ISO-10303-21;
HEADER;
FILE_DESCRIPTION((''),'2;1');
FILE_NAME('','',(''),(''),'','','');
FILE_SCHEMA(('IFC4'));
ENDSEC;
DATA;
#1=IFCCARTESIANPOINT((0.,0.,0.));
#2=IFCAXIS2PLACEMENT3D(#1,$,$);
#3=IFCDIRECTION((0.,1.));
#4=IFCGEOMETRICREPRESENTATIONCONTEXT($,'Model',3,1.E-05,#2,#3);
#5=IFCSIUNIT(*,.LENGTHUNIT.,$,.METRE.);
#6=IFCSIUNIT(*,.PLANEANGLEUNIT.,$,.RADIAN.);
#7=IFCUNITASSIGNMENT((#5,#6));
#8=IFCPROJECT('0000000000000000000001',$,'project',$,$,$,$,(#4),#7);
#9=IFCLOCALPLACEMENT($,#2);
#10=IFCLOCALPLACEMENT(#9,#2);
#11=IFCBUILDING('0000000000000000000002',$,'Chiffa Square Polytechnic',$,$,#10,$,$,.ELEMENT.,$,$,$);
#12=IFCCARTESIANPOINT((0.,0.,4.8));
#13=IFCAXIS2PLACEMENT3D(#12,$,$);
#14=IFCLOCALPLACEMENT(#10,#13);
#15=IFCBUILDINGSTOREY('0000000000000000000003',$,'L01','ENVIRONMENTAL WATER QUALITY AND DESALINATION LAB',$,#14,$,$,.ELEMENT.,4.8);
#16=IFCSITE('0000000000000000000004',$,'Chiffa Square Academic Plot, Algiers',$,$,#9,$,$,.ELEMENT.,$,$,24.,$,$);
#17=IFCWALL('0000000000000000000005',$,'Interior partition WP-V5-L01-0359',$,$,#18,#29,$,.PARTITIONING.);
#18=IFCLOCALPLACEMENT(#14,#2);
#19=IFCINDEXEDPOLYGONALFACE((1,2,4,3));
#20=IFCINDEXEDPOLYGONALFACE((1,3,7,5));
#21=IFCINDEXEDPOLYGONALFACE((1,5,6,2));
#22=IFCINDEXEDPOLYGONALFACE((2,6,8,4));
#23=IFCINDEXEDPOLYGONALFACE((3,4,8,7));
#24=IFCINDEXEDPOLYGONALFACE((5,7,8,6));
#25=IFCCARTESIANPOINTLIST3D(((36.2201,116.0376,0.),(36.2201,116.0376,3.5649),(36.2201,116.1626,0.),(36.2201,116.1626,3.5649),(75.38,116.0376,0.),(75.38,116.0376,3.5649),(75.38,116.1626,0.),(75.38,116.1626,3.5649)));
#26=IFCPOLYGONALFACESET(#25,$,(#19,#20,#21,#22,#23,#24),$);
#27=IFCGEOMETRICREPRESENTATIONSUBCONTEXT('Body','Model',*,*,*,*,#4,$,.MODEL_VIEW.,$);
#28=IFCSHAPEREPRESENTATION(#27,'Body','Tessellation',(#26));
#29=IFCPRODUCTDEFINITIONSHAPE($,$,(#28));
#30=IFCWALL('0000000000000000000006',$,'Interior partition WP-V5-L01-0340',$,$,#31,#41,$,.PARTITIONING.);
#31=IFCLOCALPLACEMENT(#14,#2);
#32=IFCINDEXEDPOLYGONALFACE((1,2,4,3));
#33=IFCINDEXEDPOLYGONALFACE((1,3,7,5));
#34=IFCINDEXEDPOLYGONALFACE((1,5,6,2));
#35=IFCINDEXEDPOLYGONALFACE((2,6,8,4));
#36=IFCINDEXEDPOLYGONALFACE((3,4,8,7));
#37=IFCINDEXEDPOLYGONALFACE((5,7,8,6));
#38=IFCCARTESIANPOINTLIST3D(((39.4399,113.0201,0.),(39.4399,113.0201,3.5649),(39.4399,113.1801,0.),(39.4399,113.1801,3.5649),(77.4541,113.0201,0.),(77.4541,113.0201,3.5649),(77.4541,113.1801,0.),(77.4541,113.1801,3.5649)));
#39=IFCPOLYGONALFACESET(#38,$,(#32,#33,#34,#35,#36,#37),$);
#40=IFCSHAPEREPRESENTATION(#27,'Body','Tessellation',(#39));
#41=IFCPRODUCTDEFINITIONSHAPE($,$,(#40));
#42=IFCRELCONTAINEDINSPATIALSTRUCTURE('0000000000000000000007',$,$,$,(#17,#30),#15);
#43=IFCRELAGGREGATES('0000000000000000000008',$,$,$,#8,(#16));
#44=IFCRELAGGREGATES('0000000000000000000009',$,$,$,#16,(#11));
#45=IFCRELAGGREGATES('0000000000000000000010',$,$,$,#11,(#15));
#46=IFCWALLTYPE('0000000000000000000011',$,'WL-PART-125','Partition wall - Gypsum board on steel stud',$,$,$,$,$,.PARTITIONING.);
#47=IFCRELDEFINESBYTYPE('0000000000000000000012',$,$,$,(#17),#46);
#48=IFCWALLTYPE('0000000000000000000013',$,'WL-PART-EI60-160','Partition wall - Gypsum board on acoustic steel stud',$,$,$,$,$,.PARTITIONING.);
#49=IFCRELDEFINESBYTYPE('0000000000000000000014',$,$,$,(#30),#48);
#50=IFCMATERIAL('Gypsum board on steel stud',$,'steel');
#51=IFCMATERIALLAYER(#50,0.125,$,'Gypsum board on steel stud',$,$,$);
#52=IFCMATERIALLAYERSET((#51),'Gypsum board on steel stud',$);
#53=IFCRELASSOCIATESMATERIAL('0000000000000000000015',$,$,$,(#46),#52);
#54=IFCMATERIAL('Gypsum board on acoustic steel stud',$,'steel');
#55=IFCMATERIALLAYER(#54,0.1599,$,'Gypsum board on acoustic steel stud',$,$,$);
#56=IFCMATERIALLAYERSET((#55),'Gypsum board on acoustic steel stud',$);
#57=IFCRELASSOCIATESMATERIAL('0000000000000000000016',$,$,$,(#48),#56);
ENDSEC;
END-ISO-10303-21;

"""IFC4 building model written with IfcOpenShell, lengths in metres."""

from ifc_helpers import new_model, si_unit, direction, frame, frame_2d, origin, place, context, subcontext, project, spatial, rectangle, extrude, material, layer, layer_set, type_object, element, save


model = new_model("IFC4")

# Units and contexts
model_context = context("Model", 3, precision=1e-05, world=origin(), true_north=direction((0.0, 1.0)))
body_context = subcontext(model_context, "Body", "Model", "MODEL_VIEW")
ifc_project = project(units=[si_unit("LENGTHUNIT", "METRE"), si_unit("PLANEANGLEUNIT", "RADIAN")], contexts=[model_context])

# Site, building, storey
site_placement = place(None, origin())
site = spatial("IfcSite", under=ifc_project, at=site_placement, Name="Chiffa Square Academic Plot, Algiers", CompositionType="ELEMENT", RefElevation=24.0)
building_placement = place(site_placement, origin())
building = spatial("IfcBuilding", under=site, at=building_placement, Name="Chiffa Square Polytechnic", CompositionType="ELEMENT")
storey_placement = place(building_placement, frame((0.0, 0.0, 4.8)))
storey = spatial("IfcBuildingStorey", under=building, at=storey_placement, Name="L01", Description="ENVIRONMENTAL WATER QUALITY AND DESALINATION LAB", CompositionType="ELEMENT", Elevation=4.8)

# Wall
ifc_material_1 = material(Name="Gypsum board on steel stud", Category="steel")
ifc_layer_1 = layer(ifc_material_1, 0.125, Name="Gypsum board on steel stud")
ifc_layer_set_1 = layer_set([ifc_layer_1], Name="Gypsum board on steel stud")
wall_type_1 = type_object("IfcWallType", Name="WL-PART-125", Description="Partition wall - Gypsum board on steel stud", PredefinedType="PARTITIONING", material=ifc_layer_set_1)
wall_1_placement = place(storey_placement, frame((36.22, 116.1001, 0.0), z_axis=(0.0, 0.0, 1.0), x_axis=(1.0, 0.0, 0.0)))
element("IfcWall", 1, at=wall_1_placement, inside=storey, type_object=wall_type_1, Name="Interior partition WP-V5-L01-0359", PredefinedType="PARTITIONING", context=body_context, shape_type="SweptSolid", body=[
    extrude(rectangle(XDim=39.1599, YDim=0.125, at=frame_2d((19.5801, 0.0))), origin(), (0.0, 0.0, 1.0), 3.5649),
])

# Shared definitions
ifc_material_2 = material(Name="Gypsum board on acoustic steel stud", Category="steel")
ifc_layer_2 = layer(ifc_material_2, 0.1599, Name="Gypsum board on acoustic steel stud")
ifc_layer_set_2 = layer_set([ifc_layer_2], Name="Gypsum board on acoustic steel stud")
wall_type_2 = type_object("IfcWallType", Name="WL-PART-EI60-160", Description="Partition wall - Gypsum board on acoustic steel stud", PredefinedType="PARTITIONING", material=ifc_layer_set_2)

# Wall
wall_2_placement = place(storey_placement, frame((39.4399, 113.1001, 0.0), z_axis=(0.0, 0.0, 1.0), x_axis=(1.0, 0.0, 0.0)))
element("IfcWall", 2, at=wall_2_placement, inside=storey, type_object=wall_type_2, Name="Interior partition WP-V5-L01-0340", PredefinedType="PARTITIONING", context=body_context, shape_type="SweptSolid", body=[
    extrude(rectangle(XDim=38.0142, YDim=0.1599, at=frame_2d((19.0071, 0.0))), origin(), (0.0, 0.0, 1.0), 3.5649),
])

save(model, "model.ifc")
